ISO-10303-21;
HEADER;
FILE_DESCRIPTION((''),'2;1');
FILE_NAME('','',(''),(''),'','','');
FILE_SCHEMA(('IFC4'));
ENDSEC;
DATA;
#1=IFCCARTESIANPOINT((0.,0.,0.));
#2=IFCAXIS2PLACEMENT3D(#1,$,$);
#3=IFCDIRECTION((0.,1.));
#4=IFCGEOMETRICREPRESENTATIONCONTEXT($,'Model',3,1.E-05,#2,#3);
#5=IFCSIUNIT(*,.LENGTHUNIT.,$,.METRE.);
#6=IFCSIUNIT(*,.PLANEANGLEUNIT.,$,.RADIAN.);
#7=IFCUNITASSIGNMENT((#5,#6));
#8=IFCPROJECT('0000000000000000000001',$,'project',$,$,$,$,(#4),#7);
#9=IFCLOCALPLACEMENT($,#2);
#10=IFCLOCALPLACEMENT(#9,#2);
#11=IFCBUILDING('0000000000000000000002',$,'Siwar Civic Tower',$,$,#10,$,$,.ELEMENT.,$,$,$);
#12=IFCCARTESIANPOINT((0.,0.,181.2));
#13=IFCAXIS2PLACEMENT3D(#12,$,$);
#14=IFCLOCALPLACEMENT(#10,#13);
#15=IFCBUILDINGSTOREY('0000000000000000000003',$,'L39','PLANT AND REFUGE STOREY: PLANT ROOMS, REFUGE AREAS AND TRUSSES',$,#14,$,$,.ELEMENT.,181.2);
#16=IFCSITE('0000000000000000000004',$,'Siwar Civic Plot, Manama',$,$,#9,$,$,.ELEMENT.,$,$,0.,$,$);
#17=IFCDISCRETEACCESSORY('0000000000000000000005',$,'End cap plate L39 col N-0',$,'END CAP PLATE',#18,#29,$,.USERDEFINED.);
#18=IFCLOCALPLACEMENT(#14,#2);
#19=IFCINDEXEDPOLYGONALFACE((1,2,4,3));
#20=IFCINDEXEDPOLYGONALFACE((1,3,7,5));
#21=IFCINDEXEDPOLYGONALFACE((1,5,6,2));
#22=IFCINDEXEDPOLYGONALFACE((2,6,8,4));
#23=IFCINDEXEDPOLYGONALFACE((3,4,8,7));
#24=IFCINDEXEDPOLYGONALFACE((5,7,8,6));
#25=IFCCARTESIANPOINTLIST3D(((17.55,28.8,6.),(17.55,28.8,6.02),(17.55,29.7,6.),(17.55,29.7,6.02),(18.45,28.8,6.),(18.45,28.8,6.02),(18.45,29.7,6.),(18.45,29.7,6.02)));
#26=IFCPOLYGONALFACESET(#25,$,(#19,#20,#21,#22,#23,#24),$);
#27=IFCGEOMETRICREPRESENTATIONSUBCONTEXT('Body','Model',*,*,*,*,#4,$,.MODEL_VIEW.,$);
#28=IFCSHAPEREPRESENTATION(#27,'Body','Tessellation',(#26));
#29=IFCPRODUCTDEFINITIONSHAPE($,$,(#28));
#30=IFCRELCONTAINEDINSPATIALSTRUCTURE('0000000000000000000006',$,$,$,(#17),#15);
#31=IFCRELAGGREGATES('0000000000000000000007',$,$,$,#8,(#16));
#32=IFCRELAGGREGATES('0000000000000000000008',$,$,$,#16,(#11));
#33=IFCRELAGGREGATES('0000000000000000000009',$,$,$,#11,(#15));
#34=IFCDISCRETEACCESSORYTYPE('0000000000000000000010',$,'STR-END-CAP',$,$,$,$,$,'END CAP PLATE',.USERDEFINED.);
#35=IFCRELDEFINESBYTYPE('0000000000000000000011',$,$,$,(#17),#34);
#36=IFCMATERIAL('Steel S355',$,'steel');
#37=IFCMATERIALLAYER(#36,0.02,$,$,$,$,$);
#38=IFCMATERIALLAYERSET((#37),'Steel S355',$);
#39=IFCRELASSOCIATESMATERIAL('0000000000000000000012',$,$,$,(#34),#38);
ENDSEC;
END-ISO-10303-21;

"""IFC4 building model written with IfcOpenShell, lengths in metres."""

from ifc_helpers import new_model, si_unit, direction, frame, origin, origin_2d, place, context, subcontext, project, spatial, rectangle, extrude, material, layer, layer_set, type_object, element, save


model = new_model("IFC4")

# Units and contexts
model_context = context("Model", 3, precision=1e-05, world=origin(), true_north=direction((0.0, 1.0)))
body_context = subcontext(model_context, "Body", "Model", "MODEL_VIEW")
ifc_project = project(units=[si_unit("LENGTHUNIT", "METRE"), si_unit("PLANEANGLEUNIT", "RADIAN")], contexts=[model_context])

# Site, building, storey
site_placement = place(None, origin())
site = spatial("IfcSite", under=ifc_project, at=site_placement, Name="Siwar Civic Plot, Manama", CompositionType="ELEMENT", RefElevation=0.0)
building_placement = place(site_placement, origin())
building = spatial("IfcBuilding", under=site, at=building_placement, Name="Siwar Civic Tower", CompositionType="ELEMENT")
storey_placement = place(building_placement, frame((0.0, 0.0, 181.2)))
storey = spatial("IfcBuildingStorey", under=building, at=storey_placement, Name="L39", Description="PLANT AND REFUGE STOREY: PLANT ROOMS, REFUGE AREAS AND TRUSSES", CompositionType="ELEMENT", Elevation=181.2)

# Discrete accessory
ifc_material_1 = material(Name="Steel S355", Category="steel")
ifc_layer_1 = layer(ifc_material_1, 0.02)
ifc_layer_set_1 = layer_set([ifc_layer_1], Name="Steel S355")
discrete_accessory_type_1 = type_object("IfcDiscreteAccessoryType", Name="STR-END-CAP", ElementType="END CAP PLATE", PredefinedType="USERDEFINED", material=ifc_layer_set_1)
discrete_accessory_1_placement = place(storey_placement, frame((18.0, 29.25, 6.0), z_axis=(0.0, 0.0, 1.0), x_axis=(1.0, 0.0, 0.0)))
element("IfcDiscreteAccessory", 1, at=discrete_accessory_1_placement, inside=storey, type_object=discrete_accessory_type_1, Name="End cap plate L39 col N-0", ObjectType="END CAP PLATE", PredefinedType="USERDEFINED", context=body_context, shape_type="SweptSolid", body=[
    extrude(rectangle(XDim=0.8999, YDim=0.8999, at=origin_2d()), origin(), (0.0, 0.0, 1.0), 0.02),
])

save(model, "model.ifc")
